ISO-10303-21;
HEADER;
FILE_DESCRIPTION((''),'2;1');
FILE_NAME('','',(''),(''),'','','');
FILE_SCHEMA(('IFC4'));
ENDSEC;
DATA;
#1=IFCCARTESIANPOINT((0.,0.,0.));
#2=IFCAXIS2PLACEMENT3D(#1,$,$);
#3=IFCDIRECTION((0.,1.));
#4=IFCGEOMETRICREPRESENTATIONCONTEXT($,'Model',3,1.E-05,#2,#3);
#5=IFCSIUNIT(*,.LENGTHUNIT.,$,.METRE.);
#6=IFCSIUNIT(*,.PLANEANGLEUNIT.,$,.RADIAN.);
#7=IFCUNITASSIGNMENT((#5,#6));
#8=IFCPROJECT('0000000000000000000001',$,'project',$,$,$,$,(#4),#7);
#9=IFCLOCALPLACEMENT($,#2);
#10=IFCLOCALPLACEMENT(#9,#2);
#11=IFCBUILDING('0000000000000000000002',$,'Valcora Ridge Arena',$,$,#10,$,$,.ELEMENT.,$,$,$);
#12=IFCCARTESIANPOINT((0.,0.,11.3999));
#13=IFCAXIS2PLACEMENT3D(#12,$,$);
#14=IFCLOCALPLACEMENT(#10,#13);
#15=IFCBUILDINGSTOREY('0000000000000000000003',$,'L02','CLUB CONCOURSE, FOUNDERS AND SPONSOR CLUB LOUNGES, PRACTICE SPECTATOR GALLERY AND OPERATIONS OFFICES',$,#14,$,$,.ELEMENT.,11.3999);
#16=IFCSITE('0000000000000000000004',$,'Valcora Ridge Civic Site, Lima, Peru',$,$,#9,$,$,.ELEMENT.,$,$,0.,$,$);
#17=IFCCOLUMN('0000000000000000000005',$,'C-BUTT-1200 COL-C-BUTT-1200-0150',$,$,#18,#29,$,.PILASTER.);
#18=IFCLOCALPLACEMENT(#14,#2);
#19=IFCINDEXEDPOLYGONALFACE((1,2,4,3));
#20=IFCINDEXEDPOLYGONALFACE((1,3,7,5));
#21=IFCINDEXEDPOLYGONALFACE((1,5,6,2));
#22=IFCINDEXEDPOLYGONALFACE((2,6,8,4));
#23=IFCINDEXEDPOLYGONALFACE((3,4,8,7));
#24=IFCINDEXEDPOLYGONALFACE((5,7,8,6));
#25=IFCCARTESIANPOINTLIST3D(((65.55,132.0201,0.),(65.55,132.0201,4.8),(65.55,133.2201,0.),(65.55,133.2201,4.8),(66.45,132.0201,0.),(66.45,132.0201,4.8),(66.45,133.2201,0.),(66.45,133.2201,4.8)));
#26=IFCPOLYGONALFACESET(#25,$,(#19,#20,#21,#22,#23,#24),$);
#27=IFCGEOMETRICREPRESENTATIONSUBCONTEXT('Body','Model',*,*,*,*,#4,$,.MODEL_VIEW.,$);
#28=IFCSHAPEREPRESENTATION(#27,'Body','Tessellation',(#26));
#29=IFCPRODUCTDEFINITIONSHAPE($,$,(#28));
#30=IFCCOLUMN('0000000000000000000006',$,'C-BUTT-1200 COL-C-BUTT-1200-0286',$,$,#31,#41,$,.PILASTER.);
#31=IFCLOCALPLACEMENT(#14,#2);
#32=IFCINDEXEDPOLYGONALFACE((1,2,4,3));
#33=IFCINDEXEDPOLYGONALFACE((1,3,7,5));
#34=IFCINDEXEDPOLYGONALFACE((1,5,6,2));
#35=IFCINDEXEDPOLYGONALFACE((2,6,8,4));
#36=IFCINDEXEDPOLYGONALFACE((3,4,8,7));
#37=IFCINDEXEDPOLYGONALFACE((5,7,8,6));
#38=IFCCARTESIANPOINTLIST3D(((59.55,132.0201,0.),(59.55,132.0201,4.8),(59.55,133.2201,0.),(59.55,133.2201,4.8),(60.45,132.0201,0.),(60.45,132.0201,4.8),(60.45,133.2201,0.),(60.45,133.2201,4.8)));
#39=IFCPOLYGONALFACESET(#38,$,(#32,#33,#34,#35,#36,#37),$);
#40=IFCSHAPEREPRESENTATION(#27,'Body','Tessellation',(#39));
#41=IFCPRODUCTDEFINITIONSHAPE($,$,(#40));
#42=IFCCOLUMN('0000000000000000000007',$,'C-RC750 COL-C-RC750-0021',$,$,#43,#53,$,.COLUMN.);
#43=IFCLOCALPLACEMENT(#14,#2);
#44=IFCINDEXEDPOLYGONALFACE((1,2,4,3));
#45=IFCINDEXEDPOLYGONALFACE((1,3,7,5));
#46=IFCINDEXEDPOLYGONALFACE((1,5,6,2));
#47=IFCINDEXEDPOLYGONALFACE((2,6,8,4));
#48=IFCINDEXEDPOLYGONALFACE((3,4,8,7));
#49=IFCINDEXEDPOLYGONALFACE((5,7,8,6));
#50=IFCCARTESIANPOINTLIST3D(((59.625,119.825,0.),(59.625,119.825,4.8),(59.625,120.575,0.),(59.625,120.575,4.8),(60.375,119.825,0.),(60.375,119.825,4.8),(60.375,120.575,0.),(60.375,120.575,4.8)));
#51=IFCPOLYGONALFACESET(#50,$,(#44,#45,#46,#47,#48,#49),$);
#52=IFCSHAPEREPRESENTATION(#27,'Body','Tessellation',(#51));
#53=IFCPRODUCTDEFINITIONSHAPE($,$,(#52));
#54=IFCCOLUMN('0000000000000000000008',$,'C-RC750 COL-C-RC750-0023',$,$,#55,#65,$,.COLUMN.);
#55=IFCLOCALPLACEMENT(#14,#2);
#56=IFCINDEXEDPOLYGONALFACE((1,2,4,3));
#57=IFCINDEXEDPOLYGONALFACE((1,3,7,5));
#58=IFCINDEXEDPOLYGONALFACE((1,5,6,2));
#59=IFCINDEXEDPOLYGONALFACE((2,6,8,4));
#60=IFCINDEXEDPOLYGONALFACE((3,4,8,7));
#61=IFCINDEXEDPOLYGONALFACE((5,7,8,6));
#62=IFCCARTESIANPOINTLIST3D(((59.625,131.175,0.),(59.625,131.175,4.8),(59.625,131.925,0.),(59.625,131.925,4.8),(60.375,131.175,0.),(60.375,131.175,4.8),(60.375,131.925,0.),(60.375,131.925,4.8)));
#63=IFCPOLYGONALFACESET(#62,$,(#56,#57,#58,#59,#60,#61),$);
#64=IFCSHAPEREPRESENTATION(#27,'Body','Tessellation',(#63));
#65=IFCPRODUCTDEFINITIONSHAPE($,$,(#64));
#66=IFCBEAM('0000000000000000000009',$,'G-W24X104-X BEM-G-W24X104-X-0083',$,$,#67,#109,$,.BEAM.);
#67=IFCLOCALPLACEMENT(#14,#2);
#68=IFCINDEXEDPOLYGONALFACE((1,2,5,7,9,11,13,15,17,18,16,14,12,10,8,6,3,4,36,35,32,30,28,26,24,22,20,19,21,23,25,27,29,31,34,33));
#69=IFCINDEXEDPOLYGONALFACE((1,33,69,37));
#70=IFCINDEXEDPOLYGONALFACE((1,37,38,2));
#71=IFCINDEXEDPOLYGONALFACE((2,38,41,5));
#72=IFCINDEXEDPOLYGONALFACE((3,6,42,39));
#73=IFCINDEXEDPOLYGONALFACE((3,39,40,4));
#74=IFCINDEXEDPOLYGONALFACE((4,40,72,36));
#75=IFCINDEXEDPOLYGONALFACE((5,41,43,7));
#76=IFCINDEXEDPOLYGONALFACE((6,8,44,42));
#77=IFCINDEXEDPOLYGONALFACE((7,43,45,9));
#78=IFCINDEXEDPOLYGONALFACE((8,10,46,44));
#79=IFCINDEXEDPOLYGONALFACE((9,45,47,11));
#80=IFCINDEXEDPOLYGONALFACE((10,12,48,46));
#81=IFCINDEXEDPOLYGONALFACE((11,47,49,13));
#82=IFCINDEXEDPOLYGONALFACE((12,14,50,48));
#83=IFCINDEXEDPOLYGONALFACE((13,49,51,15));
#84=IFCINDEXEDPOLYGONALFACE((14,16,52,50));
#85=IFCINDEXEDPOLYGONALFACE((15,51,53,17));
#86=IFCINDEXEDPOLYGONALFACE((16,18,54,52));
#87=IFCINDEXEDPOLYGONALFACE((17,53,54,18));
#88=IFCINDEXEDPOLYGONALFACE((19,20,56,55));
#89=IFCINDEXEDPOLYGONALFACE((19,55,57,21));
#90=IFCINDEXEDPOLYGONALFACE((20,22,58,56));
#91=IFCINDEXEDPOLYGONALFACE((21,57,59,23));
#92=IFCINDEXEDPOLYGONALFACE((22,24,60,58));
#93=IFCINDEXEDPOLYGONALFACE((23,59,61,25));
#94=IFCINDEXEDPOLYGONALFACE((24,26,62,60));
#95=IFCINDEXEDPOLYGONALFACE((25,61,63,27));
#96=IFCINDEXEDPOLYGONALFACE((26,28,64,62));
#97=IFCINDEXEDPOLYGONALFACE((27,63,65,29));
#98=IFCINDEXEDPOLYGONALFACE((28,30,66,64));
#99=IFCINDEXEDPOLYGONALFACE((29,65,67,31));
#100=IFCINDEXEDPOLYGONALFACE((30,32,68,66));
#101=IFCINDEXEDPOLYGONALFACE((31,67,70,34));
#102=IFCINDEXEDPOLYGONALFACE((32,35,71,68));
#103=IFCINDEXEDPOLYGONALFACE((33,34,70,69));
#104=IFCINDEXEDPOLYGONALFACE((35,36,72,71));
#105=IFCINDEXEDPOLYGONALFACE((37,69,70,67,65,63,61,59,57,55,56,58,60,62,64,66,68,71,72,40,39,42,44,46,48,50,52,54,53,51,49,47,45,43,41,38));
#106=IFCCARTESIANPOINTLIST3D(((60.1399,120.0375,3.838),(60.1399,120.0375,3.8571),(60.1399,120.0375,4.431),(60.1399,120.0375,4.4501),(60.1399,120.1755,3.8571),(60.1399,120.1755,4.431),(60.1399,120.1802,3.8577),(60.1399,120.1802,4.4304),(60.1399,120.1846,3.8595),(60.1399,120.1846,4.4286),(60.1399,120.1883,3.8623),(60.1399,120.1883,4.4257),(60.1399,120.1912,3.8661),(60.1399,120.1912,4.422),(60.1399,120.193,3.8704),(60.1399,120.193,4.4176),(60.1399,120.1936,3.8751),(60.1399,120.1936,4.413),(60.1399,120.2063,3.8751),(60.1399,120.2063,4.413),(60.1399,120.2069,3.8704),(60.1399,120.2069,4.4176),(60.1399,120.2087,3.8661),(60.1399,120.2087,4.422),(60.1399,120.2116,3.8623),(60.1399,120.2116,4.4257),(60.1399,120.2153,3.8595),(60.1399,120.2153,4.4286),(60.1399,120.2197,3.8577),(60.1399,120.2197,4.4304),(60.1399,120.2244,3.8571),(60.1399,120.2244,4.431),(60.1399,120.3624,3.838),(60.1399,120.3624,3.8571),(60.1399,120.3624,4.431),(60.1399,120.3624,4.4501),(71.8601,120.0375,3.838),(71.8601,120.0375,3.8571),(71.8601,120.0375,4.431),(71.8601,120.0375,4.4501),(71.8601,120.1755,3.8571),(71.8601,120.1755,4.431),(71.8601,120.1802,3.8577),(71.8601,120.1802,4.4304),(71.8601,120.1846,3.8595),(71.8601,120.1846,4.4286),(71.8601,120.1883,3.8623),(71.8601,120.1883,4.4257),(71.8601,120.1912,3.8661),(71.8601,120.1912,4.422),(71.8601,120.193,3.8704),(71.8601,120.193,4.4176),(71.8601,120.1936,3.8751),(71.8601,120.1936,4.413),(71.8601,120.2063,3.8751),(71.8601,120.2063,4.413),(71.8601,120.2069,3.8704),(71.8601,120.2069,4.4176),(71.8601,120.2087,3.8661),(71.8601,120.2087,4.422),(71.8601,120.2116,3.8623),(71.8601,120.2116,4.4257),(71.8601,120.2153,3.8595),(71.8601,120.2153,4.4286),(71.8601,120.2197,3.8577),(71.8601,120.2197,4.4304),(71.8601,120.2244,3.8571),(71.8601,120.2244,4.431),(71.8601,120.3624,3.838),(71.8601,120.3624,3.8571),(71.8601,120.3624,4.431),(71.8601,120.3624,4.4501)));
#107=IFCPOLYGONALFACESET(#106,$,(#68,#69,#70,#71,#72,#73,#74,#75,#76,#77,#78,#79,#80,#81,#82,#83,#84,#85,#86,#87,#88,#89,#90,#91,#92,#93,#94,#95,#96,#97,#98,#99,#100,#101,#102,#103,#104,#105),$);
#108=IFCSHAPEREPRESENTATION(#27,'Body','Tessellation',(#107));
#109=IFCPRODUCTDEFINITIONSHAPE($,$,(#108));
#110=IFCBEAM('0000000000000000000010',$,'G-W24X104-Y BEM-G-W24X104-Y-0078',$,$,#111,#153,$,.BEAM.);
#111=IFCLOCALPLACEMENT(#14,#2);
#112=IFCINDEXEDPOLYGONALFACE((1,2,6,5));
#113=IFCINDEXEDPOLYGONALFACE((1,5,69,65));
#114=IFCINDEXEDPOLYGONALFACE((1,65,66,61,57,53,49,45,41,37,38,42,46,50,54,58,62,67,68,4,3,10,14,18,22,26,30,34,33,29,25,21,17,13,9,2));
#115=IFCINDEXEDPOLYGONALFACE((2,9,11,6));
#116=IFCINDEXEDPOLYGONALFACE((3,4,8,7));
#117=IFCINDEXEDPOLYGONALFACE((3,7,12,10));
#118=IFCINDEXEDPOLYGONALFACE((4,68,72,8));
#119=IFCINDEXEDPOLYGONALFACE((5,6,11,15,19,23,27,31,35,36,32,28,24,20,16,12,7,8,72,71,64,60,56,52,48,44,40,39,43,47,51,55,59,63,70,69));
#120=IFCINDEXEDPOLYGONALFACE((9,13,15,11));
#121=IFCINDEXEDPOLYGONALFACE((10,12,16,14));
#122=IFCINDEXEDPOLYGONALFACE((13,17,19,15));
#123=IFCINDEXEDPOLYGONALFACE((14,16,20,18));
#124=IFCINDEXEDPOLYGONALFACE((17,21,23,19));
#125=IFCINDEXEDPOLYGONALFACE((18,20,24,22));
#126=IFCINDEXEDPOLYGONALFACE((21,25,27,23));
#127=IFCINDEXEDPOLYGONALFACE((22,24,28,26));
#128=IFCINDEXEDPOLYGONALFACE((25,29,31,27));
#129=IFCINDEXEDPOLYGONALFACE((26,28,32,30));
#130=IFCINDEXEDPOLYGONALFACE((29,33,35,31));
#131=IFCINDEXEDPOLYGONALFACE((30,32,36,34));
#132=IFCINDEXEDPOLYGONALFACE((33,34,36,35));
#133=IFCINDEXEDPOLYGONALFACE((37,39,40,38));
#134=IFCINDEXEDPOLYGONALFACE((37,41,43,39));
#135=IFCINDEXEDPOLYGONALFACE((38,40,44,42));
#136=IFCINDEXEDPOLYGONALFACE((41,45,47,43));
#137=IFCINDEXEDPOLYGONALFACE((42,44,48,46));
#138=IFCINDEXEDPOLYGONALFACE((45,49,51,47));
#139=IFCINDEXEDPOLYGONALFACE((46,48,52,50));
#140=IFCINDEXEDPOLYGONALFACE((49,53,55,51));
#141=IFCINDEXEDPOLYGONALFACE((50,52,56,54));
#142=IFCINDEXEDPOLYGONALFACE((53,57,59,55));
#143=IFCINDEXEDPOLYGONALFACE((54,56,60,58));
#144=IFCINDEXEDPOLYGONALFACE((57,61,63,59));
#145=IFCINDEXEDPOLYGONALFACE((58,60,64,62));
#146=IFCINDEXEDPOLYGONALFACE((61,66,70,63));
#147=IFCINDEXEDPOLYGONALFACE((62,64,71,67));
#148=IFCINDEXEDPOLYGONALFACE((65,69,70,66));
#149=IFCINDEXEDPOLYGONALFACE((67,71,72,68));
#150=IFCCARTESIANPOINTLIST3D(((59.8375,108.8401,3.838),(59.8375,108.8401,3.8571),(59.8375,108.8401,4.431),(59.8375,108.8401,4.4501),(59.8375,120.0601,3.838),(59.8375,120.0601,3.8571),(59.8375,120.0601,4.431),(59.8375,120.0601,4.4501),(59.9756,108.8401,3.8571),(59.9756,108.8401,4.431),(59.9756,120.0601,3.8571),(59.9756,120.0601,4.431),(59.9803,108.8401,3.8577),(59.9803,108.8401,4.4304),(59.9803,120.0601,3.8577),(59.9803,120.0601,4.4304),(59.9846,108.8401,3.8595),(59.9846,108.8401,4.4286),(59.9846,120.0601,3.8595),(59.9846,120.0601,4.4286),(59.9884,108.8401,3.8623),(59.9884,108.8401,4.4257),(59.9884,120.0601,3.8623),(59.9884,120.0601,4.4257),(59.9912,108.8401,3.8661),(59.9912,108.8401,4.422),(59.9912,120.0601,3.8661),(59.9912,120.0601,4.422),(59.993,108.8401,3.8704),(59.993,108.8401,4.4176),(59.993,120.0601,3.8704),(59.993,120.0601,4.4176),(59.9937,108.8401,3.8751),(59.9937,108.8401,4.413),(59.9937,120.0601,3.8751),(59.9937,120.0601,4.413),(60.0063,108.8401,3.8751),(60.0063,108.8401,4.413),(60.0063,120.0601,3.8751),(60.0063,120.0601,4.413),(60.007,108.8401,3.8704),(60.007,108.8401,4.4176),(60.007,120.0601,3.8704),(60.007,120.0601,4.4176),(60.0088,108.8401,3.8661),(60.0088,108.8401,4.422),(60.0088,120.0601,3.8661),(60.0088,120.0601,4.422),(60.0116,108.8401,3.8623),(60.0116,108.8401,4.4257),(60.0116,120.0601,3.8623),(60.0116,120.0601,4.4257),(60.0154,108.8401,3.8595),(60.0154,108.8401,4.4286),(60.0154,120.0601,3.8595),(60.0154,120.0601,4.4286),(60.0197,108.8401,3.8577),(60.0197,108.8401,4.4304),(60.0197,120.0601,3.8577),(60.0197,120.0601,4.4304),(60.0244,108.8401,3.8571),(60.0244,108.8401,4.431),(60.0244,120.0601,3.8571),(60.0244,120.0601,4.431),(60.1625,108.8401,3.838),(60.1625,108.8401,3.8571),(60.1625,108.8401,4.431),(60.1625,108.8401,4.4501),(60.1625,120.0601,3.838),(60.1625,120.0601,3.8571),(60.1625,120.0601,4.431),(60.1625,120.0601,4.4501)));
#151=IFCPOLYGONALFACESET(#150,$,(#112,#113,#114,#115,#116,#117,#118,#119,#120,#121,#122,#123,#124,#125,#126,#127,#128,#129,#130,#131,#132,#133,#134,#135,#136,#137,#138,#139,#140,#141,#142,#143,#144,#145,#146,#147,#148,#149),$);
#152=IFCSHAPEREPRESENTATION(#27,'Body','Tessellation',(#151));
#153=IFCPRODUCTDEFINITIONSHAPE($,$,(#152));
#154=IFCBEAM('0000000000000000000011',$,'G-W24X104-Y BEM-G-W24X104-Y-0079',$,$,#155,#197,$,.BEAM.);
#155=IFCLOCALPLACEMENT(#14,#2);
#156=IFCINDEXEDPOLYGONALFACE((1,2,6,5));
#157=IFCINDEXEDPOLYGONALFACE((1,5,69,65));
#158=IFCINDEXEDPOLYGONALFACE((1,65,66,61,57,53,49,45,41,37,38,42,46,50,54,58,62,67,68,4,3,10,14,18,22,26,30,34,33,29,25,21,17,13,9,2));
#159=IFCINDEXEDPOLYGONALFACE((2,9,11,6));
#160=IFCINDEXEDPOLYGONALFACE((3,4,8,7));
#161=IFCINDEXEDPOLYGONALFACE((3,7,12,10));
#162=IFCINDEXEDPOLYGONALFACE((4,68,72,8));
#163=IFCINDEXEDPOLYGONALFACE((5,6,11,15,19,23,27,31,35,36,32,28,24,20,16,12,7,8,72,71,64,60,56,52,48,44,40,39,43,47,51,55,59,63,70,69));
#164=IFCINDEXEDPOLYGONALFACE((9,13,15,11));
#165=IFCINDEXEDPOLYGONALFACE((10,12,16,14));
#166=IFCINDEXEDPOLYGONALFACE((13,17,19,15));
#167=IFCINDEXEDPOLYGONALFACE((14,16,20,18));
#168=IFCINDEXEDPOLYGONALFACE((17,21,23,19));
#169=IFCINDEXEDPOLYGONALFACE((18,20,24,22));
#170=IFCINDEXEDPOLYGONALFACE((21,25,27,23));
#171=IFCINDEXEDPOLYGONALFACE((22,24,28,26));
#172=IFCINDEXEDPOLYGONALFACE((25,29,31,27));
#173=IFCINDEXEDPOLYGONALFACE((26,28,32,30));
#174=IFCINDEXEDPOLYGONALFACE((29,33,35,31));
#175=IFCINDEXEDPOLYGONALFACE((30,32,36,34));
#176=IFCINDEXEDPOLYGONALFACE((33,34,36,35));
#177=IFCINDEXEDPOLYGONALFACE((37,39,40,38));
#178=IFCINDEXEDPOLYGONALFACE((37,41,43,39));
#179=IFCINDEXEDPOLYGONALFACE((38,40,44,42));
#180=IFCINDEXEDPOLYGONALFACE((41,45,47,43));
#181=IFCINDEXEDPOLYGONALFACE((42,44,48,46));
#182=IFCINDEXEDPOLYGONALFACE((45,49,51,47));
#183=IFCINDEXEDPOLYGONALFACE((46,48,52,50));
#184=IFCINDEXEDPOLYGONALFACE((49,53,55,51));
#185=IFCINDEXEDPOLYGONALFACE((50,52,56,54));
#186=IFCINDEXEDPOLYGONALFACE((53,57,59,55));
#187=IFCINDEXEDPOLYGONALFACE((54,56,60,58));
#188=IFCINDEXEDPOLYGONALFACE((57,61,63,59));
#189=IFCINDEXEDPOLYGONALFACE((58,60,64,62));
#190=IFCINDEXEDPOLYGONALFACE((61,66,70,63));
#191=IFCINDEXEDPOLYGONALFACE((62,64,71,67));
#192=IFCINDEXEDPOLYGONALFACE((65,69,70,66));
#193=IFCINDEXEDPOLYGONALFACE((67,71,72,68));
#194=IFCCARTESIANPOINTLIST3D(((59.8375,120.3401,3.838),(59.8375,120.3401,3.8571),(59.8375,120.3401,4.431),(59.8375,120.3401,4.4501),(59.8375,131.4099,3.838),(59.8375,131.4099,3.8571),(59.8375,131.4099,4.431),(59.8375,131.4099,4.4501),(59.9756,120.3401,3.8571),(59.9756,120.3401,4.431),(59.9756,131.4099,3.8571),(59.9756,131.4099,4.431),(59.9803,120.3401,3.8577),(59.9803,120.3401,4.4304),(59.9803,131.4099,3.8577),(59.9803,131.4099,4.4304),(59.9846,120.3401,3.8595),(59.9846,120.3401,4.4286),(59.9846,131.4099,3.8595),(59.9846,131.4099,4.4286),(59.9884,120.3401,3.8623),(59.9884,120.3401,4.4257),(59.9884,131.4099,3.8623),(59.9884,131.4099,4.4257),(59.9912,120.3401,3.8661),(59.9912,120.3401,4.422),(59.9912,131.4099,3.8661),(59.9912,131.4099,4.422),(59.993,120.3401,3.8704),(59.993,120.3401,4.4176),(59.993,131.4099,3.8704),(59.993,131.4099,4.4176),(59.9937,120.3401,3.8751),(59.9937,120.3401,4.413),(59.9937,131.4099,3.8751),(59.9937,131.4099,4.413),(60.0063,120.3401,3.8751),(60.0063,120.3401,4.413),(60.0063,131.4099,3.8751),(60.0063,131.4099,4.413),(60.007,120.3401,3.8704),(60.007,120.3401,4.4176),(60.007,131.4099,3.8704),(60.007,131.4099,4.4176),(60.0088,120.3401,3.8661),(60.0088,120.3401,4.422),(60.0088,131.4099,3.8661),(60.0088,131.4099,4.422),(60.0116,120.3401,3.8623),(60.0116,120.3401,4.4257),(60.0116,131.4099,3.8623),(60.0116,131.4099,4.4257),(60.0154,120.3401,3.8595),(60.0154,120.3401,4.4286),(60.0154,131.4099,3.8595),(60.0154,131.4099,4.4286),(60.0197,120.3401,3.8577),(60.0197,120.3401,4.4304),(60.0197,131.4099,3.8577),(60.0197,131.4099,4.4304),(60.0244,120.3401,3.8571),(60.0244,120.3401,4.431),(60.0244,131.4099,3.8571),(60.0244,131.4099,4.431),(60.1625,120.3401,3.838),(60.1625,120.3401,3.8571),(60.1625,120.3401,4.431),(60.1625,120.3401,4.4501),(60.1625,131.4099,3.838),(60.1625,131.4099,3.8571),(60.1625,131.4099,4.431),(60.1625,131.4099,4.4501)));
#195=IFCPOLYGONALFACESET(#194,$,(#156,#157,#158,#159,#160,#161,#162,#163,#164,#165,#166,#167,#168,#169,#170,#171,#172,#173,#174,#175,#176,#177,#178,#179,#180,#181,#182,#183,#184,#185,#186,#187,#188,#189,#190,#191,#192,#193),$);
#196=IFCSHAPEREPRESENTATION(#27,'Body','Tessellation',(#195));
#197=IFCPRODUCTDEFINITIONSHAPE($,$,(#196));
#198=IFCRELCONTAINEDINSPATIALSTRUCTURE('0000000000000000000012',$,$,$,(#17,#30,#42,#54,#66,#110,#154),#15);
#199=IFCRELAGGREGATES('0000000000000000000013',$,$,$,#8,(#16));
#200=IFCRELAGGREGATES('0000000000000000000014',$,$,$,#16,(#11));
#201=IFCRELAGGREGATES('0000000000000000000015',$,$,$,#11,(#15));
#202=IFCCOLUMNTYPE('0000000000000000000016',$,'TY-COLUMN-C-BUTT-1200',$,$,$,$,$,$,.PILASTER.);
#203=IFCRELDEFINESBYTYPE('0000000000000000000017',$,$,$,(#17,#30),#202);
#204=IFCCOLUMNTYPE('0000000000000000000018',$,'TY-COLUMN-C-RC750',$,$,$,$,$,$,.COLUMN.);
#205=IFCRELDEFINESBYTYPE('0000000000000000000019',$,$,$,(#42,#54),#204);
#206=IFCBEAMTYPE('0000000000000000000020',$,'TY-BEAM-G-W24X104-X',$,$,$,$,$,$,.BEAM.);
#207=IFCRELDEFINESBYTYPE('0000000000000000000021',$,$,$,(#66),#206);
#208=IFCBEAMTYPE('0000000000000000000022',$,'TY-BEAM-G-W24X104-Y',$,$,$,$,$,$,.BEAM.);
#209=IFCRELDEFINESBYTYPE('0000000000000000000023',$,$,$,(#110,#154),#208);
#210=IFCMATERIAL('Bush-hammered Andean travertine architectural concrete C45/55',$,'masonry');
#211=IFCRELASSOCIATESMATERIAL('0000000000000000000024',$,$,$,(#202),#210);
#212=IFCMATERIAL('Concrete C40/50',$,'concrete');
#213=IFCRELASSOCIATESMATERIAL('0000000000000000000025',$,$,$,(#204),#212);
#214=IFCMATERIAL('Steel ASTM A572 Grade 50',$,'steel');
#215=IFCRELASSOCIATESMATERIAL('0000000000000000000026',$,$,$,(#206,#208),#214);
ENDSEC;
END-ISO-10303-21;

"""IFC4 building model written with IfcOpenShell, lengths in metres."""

from ifc_helpers import new_model, si_unit, direction, frame, origin, origin_2d, place, context, subcontext, project, spatial, rectangle, i_section, extrude, material, material_profile, profile_set, type_object, element, save


model = new_model("IFC4")

# Units and contexts
model_context = context("Model", 3, precision=1e-05, world=origin(), true_north=direction((0.0, 1.0)))
body_context = subcontext(model_context, "Body", "Model", "MODEL_VIEW")
ifc_project = project(units=[si_unit("LENGTHUNIT", "METRE"), si_unit("PLANEANGLEUNIT", "RADIAN")], contexts=[model_context])

# Site, building, storey
site_placement = place(None, origin())
site = spatial("IfcSite", under=ifc_project, at=site_placement, Name="Valcora Ridge Civic Site, Lima, Peru", CompositionType="ELEMENT", RefElevation=0.0)
building_placement = place(site_placement, origin())
building = spatial("IfcBuilding", under=site, at=building_placement, Name="Valcora Ridge Arena", CompositionType="ELEMENT")
storey_placement = place(building_placement, frame((0.0, 0.0, 11.3999)))
storey = spatial("IfcBuildingStorey", under=building, at=storey_placement, Name="L02", Description="CLUB CONCOURSE, FOUNDERS AND SPONSOR CLUB LOUNGES, PRACTICE SPECTATOR GALLERY AND OPERATIONS OFFICES", CompositionType="ELEMENT", Elevation=11.3999)

# Columns
ifc_material_1 = material(Name="Bush-hammered Andean travertine architectural concrete C45/55", Category="masonry")
ifc_material_profile_1 = material_profile(ifc_material_1, rectangle(XDim=0.8999, YDim=1.2, at=origin_2d()), Name="RC 900x1200")
ifc_profile_set_1 = profile_set([ifc_material_profile_1], Name="Bush-hammered Andean travertine architectural concrete C45/55")
column_type_1 = type_object("IfcColumnType", Name="TY-COLUMN-C-BUTT-1200", PredefinedType="PILASTER", material=ifc_profile_set_1)
for number, where, z_axis, x_axis, name in (
    (1, (66.0, 132.6201, 0.0), (0.0, 0.0, 1.0), (1.0, 0.0, 0.0), "C-BUTT-1200 COL-C-BUTT-1200-0150"),
    (2, (60.0, 132.6201, 0.0), (0.0, 0.0, 1.0), (1.0, 0.0, 0.0), "C-BUTT-1200 COL-C-BUTT-1200-0286"),
):
    element("IfcColumn", number, at=place(storey_placement, frame(where, z_axis=z_axis, x_axis=x_axis)), inside=storey, type_object=column_type_1, Name=name, PredefinedType="PILASTER", context=body_context, shape_type="SweptSolid", body=[
        extrude(rectangle(XDim=0.8999, YDim=1.2, at=origin_2d()), origin(), (0.0, 0.0, 1.0), 4.8),
    ])
ifc_material_2 = material(Name="Concrete C40/50", Category="concrete")
ifc_material_profile_2 = material_profile(ifc_material_2, rectangle(XDim=0.75, YDim=0.75, at=origin_2d()), Name="RC 750x750")
ifc_profile_set_2 = profile_set([ifc_material_profile_2], Name="Concrete C40/50")
column_type_2 = type_object("IfcColumnType", Name="TY-COLUMN-C-RC750", PredefinedType="COLUMN", material=ifc_profile_set_2)
for number, where, z_axis, x_axis, name in (
    (3, (60.0, 120.2, 0.0), (0.0, 0.0, 1.0), (1.0, 0.0, 0.0), "C-RC750 COL-C-RC750-0021"),
    (4, (60.0, 131.55, 0.0), (0.0, 0.0, 1.0), (1.0, 0.0, 0.0), "C-RC750 COL-C-RC750-0023"),
):
    element("IfcColumn", number, at=place(storey_placement, frame(where, z_axis=z_axis, x_axis=x_axis)), inside=storey, type_object=column_type_2, Name=name, PredefinedType="COLUMN", context=body_context, shape_type="SweptSolid", body=[
        extrude(rectangle(XDim=0.75, YDim=0.75, at=origin_2d()), origin(), (0.0, 0.0, 1.0), 4.8),
    ])

# Beams
ifc_material_3 = material(Name="Steel ASTM A572 Grade 50", Category="steel")
ifc_material_profile_3 = material_profile(ifc_material_3, i_section(OverallWidth=0.325, OverallDepth=0.6121, WebThickness=0.0127, FlangeThickness=0.019, FilletRadius=0.0181, at=origin_2d()), Name="W24X104")
ifc_profile_set_3 = profile_set([ifc_material_profile_3], Name="Steel ASTM A572 Grade 50")
beam_type_1 = type_object("IfcBeamType", Name="TY-BEAM-G-W24X104-X", PredefinedType="BEAM", material=ifc_profile_set_3)
beam_1_placement = place(storey_placement, frame((60.1399, 120.2, 4.144), z_axis=(1.0, 0.0, 0.0), x_axis=(0.0, 1.0, 0.0)))
element("IfcBeam", 5, at=beam_1_placement, inside=storey, type_object=beam_type_1, Name="G-W24X104-X BEM-G-W24X104-X-0083", PredefinedType="BEAM", context=body_context, shape_type="SweptSolid", body=[
    extrude(i_section(OverallWidth=0.325, OverallDepth=0.6121, WebThickness=0.0127, FlangeThickness=0.019, FilletRadius=0.0181, at=origin_2d()), origin(), (0.0, 0.0, 1.0), 11.7202),
])
ifc_material_profile_4 = material_profile(ifc_material_3, i_section(OverallWidth=0.325, OverallDepth=0.6121, WebThickness=0.0127, FlangeThickness=0.019, FilletRadius=0.0181, at=origin_2d()), Name="W24X104")
ifc_profile_set_4 = profile_set([ifc_material_profile_4], Name="Steel ASTM A572 Grade 50")
beam_type_2 = type_object("IfcBeamType", Name="TY-BEAM-G-W24X104-Y", PredefinedType="BEAM", material=ifc_profile_set_4)
beam_2_placement = place(storey_placement, frame((60.0, 108.8401, 4.144), z_axis=(0.0, 1.0, 0.0), x_axis=(-1.0, 0.0, 0.0)))
element("IfcBeam", 6, at=beam_2_placement, inside=storey, type_object=beam_type_2, Name="G-W24X104-Y BEM-G-W24X104-Y-0078", PredefinedType="BEAM", context=body_context, shape_type="SweptSolid", body=[
    extrude(i_section(OverallWidth=0.325, OverallDepth=0.6121, WebThickness=0.0127, FlangeThickness=0.019, FilletRadius=0.0181, at=origin_2d()), origin(), (0.0, 0.0, 1.0), 11.22),
])
beam_3_placement = place(storey_placement, frame((60.0, 120.3401, 4.144), z_axis=(0.0, 1.0, 0.0), x_axis=(-1.0, 0.0, 0.0)))
element("IfcBeam", 7, at=beam_3_placement, inside=storey, type_object=beam_type_2, Name="G-W24X104-Y BEM-G-W24X104-Y-0079", PredefinedType="BEAM", context=body_context, shape_type="SweptSolid", body=[
    extrude(i_section(OverallWidth=0.325, OverallDepth=0.6121, WebThickness=0.0127, FlangeThickness=0.019, FilletRadius=0.0181, at=origin_2d()), origin(), (0.0, 0.0, 1.0), 11.0698),
])

save(model, "model.ifc")
